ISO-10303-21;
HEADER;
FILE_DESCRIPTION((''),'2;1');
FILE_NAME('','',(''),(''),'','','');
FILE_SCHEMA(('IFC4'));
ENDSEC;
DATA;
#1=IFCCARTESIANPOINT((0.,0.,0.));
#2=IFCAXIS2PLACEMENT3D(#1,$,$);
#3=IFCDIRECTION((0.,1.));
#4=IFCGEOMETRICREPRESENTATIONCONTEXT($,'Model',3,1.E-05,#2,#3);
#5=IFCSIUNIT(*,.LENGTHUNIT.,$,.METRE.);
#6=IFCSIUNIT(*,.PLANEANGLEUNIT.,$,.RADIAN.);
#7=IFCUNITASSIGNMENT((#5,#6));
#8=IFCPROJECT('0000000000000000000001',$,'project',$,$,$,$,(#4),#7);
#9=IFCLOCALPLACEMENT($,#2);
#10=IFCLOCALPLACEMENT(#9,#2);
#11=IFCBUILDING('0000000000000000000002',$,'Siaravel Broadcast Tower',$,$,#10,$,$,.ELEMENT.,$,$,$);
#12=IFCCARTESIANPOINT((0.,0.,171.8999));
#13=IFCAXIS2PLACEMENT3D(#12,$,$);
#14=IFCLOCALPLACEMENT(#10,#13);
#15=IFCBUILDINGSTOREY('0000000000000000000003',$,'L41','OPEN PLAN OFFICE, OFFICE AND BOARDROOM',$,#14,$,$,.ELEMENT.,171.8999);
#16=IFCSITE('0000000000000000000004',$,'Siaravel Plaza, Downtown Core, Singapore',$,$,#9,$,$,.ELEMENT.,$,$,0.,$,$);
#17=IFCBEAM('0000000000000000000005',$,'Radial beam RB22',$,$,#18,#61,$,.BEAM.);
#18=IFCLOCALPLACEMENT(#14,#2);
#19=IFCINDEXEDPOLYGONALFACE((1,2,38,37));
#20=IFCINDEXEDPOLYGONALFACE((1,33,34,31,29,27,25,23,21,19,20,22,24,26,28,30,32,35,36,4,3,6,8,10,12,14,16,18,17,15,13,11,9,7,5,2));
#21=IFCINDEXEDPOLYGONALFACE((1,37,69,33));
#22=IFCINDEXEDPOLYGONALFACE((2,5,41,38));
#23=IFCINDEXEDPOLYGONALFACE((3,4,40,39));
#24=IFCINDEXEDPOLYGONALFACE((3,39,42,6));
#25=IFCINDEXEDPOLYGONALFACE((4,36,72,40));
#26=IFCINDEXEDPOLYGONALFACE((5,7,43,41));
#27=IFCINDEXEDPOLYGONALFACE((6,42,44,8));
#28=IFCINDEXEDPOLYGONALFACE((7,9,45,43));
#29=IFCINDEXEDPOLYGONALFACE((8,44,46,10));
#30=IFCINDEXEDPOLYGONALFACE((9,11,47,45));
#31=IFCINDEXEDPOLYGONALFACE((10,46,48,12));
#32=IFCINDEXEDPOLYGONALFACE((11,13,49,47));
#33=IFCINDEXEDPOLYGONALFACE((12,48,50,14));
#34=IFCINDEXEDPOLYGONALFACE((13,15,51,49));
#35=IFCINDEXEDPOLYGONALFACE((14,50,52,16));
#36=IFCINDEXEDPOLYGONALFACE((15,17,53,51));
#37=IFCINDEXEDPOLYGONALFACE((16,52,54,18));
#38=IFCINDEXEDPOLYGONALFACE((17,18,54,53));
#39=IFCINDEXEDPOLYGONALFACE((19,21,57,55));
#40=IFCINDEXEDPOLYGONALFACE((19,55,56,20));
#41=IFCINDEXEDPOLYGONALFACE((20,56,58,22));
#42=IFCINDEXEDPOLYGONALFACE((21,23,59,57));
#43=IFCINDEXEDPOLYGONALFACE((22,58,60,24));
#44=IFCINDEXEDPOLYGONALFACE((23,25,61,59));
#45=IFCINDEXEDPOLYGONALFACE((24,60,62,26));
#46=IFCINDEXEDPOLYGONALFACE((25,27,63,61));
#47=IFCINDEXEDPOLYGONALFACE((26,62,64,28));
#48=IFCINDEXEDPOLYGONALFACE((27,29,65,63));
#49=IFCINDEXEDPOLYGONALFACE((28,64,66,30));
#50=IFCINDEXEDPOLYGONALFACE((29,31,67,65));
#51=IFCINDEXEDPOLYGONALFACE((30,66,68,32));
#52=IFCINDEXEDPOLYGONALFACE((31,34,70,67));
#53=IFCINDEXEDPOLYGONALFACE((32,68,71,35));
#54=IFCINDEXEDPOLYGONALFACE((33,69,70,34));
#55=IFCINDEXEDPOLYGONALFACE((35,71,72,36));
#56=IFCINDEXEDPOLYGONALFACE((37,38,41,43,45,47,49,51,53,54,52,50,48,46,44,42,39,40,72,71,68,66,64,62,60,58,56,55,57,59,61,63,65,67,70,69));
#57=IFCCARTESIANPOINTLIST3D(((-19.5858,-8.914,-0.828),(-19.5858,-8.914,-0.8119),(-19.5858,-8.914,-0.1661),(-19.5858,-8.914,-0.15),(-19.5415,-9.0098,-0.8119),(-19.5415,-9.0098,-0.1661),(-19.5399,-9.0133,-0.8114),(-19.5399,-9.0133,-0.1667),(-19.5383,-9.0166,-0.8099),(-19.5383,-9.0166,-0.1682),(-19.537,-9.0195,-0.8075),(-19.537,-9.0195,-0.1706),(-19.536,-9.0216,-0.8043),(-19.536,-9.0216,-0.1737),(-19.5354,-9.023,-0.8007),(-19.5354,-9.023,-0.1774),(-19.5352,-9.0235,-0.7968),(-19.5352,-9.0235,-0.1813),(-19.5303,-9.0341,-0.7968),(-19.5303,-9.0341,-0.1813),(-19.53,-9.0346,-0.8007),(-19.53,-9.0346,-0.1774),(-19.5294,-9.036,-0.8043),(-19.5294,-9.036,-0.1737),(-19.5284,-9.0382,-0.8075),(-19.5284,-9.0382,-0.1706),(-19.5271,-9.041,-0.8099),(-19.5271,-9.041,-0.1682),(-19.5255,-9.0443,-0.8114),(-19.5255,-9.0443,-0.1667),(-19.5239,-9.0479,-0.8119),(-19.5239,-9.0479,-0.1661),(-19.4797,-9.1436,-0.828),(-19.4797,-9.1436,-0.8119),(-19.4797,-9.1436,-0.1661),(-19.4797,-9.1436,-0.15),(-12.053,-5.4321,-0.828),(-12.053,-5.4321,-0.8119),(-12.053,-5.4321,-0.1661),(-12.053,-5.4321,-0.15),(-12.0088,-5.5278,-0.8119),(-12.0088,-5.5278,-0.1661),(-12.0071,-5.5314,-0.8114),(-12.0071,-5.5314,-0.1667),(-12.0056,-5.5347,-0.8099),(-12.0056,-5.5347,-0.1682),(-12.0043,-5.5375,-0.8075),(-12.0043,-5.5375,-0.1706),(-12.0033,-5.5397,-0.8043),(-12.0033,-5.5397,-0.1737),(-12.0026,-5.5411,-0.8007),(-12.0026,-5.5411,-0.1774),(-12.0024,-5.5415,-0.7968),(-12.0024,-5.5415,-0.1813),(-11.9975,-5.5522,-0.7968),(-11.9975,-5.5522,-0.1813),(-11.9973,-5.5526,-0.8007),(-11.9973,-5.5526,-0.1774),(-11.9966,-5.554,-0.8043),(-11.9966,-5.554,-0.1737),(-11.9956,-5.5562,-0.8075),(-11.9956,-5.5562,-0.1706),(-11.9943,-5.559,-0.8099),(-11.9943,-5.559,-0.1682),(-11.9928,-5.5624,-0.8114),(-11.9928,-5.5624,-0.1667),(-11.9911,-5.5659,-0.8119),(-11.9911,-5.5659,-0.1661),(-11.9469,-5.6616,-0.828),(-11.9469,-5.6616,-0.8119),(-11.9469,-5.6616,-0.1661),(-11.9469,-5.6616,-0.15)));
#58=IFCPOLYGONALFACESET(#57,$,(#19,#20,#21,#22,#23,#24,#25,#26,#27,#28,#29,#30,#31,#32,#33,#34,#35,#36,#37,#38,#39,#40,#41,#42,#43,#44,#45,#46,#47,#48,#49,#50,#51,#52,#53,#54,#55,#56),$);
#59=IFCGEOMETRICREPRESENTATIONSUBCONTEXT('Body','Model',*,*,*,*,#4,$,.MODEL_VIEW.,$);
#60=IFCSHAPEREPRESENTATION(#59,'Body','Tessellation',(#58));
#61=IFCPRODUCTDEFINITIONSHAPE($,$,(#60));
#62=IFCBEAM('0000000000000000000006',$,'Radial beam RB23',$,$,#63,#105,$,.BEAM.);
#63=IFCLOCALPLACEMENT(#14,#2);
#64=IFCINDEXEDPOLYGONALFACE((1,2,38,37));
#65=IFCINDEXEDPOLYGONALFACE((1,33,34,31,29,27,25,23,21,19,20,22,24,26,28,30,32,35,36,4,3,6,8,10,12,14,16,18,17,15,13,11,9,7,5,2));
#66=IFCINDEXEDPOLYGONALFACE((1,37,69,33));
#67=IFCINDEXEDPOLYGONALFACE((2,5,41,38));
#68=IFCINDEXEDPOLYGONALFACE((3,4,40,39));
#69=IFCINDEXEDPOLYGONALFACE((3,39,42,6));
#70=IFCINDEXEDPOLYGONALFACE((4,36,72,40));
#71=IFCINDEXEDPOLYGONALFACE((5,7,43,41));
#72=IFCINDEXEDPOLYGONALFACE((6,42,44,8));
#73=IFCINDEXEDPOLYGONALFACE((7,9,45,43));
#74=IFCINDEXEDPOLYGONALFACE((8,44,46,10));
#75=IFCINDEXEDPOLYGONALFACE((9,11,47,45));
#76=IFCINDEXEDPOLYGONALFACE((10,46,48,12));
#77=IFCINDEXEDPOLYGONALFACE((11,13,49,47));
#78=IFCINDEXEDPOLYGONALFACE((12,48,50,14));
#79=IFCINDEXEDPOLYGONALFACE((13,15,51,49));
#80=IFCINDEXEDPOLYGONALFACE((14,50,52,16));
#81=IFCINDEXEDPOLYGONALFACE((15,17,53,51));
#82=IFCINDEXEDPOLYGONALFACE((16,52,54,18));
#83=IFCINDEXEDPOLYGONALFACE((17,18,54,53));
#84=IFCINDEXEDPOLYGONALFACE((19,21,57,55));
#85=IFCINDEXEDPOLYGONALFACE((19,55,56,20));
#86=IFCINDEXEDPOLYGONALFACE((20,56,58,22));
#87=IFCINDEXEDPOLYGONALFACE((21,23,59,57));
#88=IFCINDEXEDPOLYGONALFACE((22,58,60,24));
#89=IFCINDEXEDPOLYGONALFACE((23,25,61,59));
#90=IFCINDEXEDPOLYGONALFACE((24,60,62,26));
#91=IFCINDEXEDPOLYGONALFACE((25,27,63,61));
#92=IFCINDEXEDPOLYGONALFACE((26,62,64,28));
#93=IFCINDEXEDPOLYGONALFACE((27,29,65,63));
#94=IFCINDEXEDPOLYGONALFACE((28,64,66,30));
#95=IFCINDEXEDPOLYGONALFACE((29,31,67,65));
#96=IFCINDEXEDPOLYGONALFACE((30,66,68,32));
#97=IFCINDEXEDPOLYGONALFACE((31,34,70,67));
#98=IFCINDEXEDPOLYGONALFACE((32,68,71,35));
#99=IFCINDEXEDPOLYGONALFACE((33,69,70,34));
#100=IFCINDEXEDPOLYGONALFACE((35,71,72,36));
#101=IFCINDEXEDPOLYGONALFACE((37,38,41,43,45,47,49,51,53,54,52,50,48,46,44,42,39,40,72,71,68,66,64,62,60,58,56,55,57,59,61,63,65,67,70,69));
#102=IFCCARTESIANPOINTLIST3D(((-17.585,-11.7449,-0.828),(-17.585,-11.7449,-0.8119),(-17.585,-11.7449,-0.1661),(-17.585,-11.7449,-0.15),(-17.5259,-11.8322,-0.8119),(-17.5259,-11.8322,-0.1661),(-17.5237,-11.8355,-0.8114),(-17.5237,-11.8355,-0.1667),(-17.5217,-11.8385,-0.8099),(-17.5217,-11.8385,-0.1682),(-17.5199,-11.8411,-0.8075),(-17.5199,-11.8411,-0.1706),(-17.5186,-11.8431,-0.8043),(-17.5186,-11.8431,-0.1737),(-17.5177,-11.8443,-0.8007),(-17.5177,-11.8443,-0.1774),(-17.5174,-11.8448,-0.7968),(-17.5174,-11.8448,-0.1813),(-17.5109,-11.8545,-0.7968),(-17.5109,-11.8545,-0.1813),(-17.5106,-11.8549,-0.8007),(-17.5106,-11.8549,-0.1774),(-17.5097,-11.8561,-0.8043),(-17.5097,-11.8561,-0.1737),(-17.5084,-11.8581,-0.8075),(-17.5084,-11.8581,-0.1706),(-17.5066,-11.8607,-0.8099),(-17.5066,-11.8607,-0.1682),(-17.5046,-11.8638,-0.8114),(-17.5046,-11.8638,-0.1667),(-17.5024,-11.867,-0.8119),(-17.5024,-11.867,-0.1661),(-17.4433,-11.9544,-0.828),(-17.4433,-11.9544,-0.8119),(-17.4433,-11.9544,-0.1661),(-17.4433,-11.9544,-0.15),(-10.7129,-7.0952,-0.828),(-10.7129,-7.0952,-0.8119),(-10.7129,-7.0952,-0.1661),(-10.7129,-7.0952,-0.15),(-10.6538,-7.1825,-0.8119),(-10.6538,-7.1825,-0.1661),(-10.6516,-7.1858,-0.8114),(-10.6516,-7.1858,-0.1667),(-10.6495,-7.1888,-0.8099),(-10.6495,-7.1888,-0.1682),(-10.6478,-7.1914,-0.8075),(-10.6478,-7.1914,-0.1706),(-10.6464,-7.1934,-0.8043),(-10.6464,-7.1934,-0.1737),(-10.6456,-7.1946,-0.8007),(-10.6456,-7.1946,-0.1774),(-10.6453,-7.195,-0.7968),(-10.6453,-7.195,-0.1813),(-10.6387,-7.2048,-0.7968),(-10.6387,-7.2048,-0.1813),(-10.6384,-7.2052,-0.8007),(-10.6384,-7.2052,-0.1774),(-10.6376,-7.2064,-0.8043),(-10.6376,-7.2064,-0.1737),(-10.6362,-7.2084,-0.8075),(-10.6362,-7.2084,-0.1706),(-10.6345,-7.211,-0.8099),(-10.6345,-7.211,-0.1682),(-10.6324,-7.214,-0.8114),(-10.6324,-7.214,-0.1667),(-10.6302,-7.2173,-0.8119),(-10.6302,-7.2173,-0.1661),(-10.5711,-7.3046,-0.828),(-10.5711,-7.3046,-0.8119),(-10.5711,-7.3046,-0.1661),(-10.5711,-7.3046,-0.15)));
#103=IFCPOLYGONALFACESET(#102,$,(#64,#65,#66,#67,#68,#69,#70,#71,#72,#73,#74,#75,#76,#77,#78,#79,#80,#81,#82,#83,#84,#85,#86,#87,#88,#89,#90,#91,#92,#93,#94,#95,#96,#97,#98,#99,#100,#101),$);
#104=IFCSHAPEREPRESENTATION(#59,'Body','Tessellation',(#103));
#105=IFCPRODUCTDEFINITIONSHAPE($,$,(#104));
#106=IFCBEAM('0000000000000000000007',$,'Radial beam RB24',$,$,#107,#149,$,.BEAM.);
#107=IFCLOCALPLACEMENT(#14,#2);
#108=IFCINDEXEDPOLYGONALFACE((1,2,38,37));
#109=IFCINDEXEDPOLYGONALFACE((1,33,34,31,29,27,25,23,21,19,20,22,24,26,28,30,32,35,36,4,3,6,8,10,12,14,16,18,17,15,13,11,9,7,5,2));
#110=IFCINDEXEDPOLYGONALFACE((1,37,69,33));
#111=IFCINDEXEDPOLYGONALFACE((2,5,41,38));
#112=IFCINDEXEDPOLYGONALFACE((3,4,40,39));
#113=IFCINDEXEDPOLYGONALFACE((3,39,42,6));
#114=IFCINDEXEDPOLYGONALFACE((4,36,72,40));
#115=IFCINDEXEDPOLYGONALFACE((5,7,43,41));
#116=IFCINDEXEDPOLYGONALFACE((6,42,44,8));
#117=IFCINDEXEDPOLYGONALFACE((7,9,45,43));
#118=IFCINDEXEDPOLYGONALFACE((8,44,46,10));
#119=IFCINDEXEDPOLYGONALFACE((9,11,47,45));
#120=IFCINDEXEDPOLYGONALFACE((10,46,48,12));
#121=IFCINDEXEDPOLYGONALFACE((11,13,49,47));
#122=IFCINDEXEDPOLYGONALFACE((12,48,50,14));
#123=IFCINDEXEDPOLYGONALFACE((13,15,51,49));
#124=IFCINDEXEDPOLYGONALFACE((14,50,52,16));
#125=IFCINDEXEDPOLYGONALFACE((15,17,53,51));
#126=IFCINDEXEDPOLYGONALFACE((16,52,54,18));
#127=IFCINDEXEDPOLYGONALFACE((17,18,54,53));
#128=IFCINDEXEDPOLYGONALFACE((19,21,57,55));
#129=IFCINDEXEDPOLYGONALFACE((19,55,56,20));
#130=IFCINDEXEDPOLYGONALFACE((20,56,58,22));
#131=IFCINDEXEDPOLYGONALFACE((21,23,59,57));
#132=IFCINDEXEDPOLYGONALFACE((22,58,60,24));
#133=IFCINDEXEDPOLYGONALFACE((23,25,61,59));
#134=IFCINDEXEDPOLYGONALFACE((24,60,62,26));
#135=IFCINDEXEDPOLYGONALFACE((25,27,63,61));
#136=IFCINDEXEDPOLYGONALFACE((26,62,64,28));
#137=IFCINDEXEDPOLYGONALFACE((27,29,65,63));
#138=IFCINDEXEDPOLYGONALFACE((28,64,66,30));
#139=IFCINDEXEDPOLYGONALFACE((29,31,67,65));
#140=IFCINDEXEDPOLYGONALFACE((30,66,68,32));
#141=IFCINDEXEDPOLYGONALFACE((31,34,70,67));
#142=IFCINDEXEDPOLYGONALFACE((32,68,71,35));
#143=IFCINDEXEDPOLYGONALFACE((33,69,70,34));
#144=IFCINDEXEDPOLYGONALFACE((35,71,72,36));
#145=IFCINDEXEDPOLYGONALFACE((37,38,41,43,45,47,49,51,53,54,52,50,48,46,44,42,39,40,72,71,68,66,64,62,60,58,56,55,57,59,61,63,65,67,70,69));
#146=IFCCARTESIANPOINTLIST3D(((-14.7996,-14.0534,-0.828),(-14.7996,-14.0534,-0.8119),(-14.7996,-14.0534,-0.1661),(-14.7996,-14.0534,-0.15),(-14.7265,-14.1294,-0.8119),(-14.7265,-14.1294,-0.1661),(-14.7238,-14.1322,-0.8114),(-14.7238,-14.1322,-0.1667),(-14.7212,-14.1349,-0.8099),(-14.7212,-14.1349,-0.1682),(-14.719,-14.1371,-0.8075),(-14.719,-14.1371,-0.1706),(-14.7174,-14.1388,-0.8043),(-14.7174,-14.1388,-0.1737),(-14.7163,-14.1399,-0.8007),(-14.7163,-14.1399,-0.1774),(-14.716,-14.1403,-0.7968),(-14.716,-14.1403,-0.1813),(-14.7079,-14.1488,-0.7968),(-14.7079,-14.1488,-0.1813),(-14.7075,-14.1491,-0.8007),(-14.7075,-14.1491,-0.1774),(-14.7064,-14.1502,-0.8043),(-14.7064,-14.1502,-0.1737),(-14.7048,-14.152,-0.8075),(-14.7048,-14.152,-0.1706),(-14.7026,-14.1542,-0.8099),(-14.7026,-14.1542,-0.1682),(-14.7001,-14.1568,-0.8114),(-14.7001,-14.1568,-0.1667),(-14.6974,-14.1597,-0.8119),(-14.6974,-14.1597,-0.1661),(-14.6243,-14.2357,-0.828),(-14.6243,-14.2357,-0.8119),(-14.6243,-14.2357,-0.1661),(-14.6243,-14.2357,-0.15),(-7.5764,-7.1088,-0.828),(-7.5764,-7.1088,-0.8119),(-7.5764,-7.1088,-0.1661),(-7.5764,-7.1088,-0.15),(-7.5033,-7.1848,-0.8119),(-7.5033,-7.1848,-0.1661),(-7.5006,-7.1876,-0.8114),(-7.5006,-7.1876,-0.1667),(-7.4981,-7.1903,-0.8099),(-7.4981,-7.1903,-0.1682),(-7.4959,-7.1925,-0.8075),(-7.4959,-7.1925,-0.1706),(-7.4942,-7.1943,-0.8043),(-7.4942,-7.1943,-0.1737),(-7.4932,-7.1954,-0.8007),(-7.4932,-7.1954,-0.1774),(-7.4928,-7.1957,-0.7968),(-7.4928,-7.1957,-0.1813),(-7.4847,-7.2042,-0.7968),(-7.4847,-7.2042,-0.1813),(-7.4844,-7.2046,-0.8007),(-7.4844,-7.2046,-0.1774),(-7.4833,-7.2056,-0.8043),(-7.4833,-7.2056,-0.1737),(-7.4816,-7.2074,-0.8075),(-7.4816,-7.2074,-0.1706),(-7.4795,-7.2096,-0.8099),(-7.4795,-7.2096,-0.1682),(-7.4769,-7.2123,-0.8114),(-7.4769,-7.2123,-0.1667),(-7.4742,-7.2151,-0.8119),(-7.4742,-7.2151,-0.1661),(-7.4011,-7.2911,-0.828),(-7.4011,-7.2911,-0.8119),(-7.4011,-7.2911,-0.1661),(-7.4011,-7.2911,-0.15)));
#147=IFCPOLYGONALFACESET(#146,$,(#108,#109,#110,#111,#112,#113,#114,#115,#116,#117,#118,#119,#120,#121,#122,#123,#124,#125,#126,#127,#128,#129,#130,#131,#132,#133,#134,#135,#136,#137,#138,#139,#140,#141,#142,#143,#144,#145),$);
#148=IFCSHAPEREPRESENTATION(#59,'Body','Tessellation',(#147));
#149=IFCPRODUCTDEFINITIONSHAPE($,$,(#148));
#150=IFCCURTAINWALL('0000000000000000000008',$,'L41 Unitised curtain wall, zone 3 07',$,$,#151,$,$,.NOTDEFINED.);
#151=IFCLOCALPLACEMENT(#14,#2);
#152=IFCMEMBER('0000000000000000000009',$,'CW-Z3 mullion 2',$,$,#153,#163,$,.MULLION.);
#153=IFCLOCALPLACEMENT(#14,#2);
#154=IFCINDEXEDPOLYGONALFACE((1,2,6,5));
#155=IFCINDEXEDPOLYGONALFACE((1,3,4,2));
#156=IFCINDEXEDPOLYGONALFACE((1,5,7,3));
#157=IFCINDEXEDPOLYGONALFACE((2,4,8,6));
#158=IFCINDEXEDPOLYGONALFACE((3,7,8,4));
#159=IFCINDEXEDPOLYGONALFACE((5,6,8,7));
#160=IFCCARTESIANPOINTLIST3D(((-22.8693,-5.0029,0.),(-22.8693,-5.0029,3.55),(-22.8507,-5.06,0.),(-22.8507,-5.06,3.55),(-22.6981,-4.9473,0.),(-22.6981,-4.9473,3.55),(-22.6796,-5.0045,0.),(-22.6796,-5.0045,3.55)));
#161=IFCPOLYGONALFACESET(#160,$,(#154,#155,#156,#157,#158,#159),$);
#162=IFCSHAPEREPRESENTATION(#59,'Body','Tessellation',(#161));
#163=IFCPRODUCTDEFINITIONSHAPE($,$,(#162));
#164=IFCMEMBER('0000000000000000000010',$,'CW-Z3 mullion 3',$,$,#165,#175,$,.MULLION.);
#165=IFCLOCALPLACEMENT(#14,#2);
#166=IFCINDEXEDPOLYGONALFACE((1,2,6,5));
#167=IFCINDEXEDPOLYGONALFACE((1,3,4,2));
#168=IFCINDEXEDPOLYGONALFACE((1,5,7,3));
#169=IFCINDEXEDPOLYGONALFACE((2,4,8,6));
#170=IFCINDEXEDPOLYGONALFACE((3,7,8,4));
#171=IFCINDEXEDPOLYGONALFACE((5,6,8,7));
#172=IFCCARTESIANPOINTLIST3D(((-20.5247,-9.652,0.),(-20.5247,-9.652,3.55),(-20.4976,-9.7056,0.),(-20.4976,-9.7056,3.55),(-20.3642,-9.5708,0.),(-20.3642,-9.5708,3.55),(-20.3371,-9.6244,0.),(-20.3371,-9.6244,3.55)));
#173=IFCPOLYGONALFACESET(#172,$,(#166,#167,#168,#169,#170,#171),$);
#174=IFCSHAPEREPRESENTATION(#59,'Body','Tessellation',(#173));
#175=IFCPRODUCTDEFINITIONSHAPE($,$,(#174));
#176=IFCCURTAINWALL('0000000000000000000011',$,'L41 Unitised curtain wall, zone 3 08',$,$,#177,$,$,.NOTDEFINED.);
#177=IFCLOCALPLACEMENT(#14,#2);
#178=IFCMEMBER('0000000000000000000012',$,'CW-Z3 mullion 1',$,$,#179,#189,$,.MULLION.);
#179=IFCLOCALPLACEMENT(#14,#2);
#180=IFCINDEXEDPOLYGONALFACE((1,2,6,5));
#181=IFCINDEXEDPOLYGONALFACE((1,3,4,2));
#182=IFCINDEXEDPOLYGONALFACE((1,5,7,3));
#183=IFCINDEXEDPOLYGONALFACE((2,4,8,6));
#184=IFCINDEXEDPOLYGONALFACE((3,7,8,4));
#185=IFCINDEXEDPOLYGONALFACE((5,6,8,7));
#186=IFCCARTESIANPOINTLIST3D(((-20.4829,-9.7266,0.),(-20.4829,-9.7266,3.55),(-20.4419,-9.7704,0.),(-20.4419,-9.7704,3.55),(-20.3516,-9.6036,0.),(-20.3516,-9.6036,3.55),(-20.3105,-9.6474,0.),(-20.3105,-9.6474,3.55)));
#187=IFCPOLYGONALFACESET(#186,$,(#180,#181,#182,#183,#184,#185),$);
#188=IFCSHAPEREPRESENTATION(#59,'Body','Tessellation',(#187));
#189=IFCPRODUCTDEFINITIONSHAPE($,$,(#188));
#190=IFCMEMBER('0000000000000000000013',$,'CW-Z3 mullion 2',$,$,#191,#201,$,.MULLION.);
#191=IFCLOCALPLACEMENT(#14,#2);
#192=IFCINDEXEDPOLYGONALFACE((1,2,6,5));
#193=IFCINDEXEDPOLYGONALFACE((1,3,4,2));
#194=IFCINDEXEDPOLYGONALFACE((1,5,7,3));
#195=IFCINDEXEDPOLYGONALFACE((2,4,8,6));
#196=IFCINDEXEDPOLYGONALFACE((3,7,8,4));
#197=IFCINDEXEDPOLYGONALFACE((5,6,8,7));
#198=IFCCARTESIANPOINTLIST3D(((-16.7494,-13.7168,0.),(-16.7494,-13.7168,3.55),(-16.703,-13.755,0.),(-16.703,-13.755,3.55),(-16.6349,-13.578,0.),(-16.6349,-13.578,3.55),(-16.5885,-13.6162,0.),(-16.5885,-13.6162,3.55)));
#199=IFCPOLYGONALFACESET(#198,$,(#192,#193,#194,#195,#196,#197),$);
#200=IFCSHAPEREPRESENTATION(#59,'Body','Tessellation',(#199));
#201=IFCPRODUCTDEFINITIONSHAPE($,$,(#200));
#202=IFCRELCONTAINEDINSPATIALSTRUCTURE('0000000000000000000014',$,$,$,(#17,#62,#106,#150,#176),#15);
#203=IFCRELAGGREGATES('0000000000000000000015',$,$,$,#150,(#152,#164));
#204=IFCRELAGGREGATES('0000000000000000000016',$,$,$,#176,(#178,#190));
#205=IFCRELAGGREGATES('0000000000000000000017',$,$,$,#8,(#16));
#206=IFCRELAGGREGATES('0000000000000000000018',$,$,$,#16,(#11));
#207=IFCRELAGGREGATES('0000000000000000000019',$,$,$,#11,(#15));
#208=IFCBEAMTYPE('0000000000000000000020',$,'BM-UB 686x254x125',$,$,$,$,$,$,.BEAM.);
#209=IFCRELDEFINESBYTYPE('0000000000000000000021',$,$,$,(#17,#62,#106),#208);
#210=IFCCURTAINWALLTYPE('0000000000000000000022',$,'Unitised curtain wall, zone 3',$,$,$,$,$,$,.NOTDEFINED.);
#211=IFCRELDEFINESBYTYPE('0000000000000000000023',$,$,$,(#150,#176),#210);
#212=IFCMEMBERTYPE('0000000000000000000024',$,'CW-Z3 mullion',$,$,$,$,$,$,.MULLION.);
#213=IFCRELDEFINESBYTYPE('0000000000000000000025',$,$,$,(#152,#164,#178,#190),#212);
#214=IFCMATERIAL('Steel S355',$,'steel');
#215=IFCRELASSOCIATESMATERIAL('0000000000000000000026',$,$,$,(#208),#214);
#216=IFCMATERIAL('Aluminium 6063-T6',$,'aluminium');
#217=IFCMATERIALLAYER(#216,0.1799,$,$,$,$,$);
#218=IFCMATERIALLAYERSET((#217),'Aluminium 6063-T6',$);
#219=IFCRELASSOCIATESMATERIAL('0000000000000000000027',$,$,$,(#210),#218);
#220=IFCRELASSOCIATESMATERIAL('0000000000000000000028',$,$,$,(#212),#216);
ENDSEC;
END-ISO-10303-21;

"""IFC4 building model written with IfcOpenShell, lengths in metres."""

from ifc_helpers import new_model, si_unit, direction, frame, origin, origin_2d, place, context, subcontext, project, spatial, rectangle, i_section, extrude, material, layer, layer_set, material_profile, profile_set, type_object, element, aggregate, save


model = new_model("IFC4")

# Units and contexts
model_context = context("Model", 3, precision=1e-05, world=origin(), true_north=direction((0.0, 1.0)))
body_context = subcontext(model_context, "Body", "Model", "MODEL_VIEW")
ifc_project = project(units=[si_unit("LENGTHUNIT", "METRE"), si_unit("PLANEANGLEUNIT", "RADIAN")], contexts=[model_context])

# Site, building, storey
site_placement = place(None, origin())
site = spatial("IfcSite", under=ifc_project, at=site_placement, Name="Siaravel Plaza, Downtown Core, Singapore", CompositionType="ELEMENT", RefElevation=0.0)
building_placement = place(site_placement, origin())
building = spatial("IfcBuilding", under=site, at=building_placement, Name="Siaravel Broadcast Tower", CompositionType="ELEMENT")
storey_placement = place(building_placement, frame((0.0, 0.0, 171.8999)))
storey = spatial("IfcBuildingStorey", under=building, at=storey_placement, Name="L41", Description="OPEN PLAN OFFICE, OFFICE AND BOARDROOM", CompositionType="ELEMENT", Elevation=171.8999)

# Beams
ifc_material_1 = material(Name="Steel S355", Category="steel")
ifc_material_profile_1 = material_profile(ifc_material_1, i_section(OverallWidth=0.2529, OverallDepth=0.678, WebThickness=0.0117, FlangeThickness=0.0161, FilletRadius=0.0151, at=origin_2d()))
ifc_profile_set_1 = profile_set([ifc_material_profile_1], Name="Steel S355")
beam_type = type_object("IfcBeamType", Name="BM-UB 686x254x125", PredefinedType="BEAM", material=ifc_profile_set_1)
beam_1_placement = place(storey_placement, frame((-19.5327, -9.0288, -0.489), z_axis=(0.907716, 0.419584, 0.0), x_axis=(-0.419584, 0.907716, 0.0)))
element("IfcBeam", 1, at=beam_1_placement, inside=storey, type_object=beam_type, Name="Radial beam RB22", PredefinedType="BEAM", context=body_context, shape_type="SweptSolid", body=[
    extrude(i_section(OverallWidth=0.2529, OverallDepth=0.678, WebThickness=0.0117, FlangeThickness=0.0161, FilletRadius=0.0151, at=origin_2d()), origin(), (0.0, 0.0, 1.0), 8.2986),
])
beam_2_placement = place(storey_placement, frame((-17.5142, -11.8496, -0.489), z_axis=(0.828233, 0.560384, 0.0), x_axis=(-0.560384, 0.828233, 0.0)))
element("IfcBeam", 2, at=beam_2_placement, inside=storey, type_object=beam_type, Name="Radial beam RB23", PredefinedType="BEAM", context=body_context, shape_type="SweptSolid", body=[
    extrude(i_section(OverallWidth=0.2529, OverallDepth=0.678, WebThickness=0.0117, FlangeThickness=0.0161, FilletRadius=0.0151, at=origin_2d()), origin(), (0.0, 0.0, 1.0), 8.2974),
])
beam_3_placement = place(storey_placement, frame((-14.7119, -14.1445, -0.489), z_axis=(0.720871, 0.69307, 0.0), x_axis=(-0.69307, 0.720871, 0.0)))
element("IfcBeam", 3, at=beam_3_placement, inside=storey, type_object=beam_type, Name="Radial beam RB24", PredefinedType="BEAM", context=body_context, shape_type="SweptSolid", body=[
    extrude(i_section(OverallWidth=0.2529, OverallDepth=0.678, WebThickness=0.0117, FlangeThickness=0.0161, FilletRadius=0.0151, at=origin_2d()), origin(), (0.0, 0.0, 1.0), 10.02),
])

# Curtain walls, members
ifc_material_2 = material(Name="Aluminium 6063-T6", Category="aluminium")
ifc_layer_1 = layer(ifc_material_2, 0.1799)
ifc_layer_set_1 = layer_set([ifc_layer_1], Name="Aluminium 6063-T6")
curtain_wall_type = type_object("IfcCurtainWallType", Name="Unitised curtain wall, zone 3", PredefinedType="NOTDEFINED", material=ifc_layer_set_1)
curtain_wall_1_placement = place(storey_placement, origin())
curtain_wall_1 = element("IfcCurtainWall", 4, at=curtain_wall_1_placement, inside=storey, type_object=curtain_wall_type, Name="L41 Unitised curtain wall, zone 3 07", PredefinedType="NOTDEFINED")
ifc_material_profile_2 = material_profile(ifc_material_2, rectangle(XDim=0.1799, YDim=0.0601, at=origin_2d()))
ifc_profile_set_2 = profile_set([ifc_material_profile_2], Name="Aluminium 6063-T6")
member_type_1 = type_object("IfcMemberType", Name="CW-Z3 mullion", PredefinedType="MULLION", material=ifc_profile_set_2)
member_1_placement = place(storey_placement, frame((-22.7744, -5.0037, 0.0), z_axis=(0.0, 0.0, 1.0), x_axis=(0.951177, 0.308646, 0.0)))
member_1 = element("IfcMember", 5, at=member_1_placement, type_object=member_type_1, Name="CW-Z3 mullion 2", PredefinedType="MULLION", context=body_context, shape_type="SweptSolid", body=[
    extrude(rectangle(XDim=0.1799, YDim=0.0601, at=origin_2d()), origin(), (0.0, 0.0, 1.0), 3.55),
])
member_2_placement = place(storey_placement, frame((-20.4309, -9.6382, 0.0), z_axis=(0.0, 0.0, 1.0), x_axis=(0.892392, 0.451261, 0.0)))
member_2 = element("IfcMember", 6, at=member_2_placement, type_object=member_type_1, Name="CW-Z3 mullion 3", PredefinedType="MULLION", context=body_context, shape_type="SweptSolid", body=[
    extrude(rectangle(XDim=0.1799, YDim=0.0601, at=origin_2d()), origin(), (0.0, 0.0, 1.0), 3.55),
])
curtain_wall_2_placement = place(storey_placement, origin())
curtain_wall_2 = element("IfcCurtainWall", 7, at=curtain_wall_2_placement, inside=storey, type_object=curtain_wall_type, Name="L41 Unitised curtain wall, zone 3 08", PredefinedType="NOTDEFINED")
member_3_placement = place(storey_placement, frame((-20.3967, -9.687, 0.0), z_axis=(0.0, 0.0, 1.0), x_axis=(0.729805, 0.683655, 0.0)))
member_3 = element("IfcMember", 8, at=member_3_placement, type_object=member_type_1, Name="CW-Z3 mullion 1", PredefinedType="MULLION", context=body_context, shape_type="SweptSolid", body=[
    extrude(rectangle(XDim=0.1799, YDim=0.0601, at=origin_2d()), origin(), (0.0, 0.0, 1.0), 3.55),
])
member_4_placement = place(storey_placement, frame((-16.6689, -13.6665, 0.0), z_axis=(0.0, 0.0, 1.0), x_axis=(0.636218, 0.771509, 0.0)))
member_4 = element("IfcMember", 9, at=member_4_placement, type_object=member_type_1, Name="CW-Z3 mullion 2", PredefinedType="MULLION", context=body_context, shape_type="SweptSolid", body=[
    extrude(rectangle(XDim=0.1799, YDim=0.0601, at=origin_2d()), origin(), (0.0, 0.0, 1.0), 3.55),
])

aggregate(curtain_wall_1, [member_1, member_2])
aggregate(curtain_wall_2, [member_3, member_4])

save(model, "model.ifc")
